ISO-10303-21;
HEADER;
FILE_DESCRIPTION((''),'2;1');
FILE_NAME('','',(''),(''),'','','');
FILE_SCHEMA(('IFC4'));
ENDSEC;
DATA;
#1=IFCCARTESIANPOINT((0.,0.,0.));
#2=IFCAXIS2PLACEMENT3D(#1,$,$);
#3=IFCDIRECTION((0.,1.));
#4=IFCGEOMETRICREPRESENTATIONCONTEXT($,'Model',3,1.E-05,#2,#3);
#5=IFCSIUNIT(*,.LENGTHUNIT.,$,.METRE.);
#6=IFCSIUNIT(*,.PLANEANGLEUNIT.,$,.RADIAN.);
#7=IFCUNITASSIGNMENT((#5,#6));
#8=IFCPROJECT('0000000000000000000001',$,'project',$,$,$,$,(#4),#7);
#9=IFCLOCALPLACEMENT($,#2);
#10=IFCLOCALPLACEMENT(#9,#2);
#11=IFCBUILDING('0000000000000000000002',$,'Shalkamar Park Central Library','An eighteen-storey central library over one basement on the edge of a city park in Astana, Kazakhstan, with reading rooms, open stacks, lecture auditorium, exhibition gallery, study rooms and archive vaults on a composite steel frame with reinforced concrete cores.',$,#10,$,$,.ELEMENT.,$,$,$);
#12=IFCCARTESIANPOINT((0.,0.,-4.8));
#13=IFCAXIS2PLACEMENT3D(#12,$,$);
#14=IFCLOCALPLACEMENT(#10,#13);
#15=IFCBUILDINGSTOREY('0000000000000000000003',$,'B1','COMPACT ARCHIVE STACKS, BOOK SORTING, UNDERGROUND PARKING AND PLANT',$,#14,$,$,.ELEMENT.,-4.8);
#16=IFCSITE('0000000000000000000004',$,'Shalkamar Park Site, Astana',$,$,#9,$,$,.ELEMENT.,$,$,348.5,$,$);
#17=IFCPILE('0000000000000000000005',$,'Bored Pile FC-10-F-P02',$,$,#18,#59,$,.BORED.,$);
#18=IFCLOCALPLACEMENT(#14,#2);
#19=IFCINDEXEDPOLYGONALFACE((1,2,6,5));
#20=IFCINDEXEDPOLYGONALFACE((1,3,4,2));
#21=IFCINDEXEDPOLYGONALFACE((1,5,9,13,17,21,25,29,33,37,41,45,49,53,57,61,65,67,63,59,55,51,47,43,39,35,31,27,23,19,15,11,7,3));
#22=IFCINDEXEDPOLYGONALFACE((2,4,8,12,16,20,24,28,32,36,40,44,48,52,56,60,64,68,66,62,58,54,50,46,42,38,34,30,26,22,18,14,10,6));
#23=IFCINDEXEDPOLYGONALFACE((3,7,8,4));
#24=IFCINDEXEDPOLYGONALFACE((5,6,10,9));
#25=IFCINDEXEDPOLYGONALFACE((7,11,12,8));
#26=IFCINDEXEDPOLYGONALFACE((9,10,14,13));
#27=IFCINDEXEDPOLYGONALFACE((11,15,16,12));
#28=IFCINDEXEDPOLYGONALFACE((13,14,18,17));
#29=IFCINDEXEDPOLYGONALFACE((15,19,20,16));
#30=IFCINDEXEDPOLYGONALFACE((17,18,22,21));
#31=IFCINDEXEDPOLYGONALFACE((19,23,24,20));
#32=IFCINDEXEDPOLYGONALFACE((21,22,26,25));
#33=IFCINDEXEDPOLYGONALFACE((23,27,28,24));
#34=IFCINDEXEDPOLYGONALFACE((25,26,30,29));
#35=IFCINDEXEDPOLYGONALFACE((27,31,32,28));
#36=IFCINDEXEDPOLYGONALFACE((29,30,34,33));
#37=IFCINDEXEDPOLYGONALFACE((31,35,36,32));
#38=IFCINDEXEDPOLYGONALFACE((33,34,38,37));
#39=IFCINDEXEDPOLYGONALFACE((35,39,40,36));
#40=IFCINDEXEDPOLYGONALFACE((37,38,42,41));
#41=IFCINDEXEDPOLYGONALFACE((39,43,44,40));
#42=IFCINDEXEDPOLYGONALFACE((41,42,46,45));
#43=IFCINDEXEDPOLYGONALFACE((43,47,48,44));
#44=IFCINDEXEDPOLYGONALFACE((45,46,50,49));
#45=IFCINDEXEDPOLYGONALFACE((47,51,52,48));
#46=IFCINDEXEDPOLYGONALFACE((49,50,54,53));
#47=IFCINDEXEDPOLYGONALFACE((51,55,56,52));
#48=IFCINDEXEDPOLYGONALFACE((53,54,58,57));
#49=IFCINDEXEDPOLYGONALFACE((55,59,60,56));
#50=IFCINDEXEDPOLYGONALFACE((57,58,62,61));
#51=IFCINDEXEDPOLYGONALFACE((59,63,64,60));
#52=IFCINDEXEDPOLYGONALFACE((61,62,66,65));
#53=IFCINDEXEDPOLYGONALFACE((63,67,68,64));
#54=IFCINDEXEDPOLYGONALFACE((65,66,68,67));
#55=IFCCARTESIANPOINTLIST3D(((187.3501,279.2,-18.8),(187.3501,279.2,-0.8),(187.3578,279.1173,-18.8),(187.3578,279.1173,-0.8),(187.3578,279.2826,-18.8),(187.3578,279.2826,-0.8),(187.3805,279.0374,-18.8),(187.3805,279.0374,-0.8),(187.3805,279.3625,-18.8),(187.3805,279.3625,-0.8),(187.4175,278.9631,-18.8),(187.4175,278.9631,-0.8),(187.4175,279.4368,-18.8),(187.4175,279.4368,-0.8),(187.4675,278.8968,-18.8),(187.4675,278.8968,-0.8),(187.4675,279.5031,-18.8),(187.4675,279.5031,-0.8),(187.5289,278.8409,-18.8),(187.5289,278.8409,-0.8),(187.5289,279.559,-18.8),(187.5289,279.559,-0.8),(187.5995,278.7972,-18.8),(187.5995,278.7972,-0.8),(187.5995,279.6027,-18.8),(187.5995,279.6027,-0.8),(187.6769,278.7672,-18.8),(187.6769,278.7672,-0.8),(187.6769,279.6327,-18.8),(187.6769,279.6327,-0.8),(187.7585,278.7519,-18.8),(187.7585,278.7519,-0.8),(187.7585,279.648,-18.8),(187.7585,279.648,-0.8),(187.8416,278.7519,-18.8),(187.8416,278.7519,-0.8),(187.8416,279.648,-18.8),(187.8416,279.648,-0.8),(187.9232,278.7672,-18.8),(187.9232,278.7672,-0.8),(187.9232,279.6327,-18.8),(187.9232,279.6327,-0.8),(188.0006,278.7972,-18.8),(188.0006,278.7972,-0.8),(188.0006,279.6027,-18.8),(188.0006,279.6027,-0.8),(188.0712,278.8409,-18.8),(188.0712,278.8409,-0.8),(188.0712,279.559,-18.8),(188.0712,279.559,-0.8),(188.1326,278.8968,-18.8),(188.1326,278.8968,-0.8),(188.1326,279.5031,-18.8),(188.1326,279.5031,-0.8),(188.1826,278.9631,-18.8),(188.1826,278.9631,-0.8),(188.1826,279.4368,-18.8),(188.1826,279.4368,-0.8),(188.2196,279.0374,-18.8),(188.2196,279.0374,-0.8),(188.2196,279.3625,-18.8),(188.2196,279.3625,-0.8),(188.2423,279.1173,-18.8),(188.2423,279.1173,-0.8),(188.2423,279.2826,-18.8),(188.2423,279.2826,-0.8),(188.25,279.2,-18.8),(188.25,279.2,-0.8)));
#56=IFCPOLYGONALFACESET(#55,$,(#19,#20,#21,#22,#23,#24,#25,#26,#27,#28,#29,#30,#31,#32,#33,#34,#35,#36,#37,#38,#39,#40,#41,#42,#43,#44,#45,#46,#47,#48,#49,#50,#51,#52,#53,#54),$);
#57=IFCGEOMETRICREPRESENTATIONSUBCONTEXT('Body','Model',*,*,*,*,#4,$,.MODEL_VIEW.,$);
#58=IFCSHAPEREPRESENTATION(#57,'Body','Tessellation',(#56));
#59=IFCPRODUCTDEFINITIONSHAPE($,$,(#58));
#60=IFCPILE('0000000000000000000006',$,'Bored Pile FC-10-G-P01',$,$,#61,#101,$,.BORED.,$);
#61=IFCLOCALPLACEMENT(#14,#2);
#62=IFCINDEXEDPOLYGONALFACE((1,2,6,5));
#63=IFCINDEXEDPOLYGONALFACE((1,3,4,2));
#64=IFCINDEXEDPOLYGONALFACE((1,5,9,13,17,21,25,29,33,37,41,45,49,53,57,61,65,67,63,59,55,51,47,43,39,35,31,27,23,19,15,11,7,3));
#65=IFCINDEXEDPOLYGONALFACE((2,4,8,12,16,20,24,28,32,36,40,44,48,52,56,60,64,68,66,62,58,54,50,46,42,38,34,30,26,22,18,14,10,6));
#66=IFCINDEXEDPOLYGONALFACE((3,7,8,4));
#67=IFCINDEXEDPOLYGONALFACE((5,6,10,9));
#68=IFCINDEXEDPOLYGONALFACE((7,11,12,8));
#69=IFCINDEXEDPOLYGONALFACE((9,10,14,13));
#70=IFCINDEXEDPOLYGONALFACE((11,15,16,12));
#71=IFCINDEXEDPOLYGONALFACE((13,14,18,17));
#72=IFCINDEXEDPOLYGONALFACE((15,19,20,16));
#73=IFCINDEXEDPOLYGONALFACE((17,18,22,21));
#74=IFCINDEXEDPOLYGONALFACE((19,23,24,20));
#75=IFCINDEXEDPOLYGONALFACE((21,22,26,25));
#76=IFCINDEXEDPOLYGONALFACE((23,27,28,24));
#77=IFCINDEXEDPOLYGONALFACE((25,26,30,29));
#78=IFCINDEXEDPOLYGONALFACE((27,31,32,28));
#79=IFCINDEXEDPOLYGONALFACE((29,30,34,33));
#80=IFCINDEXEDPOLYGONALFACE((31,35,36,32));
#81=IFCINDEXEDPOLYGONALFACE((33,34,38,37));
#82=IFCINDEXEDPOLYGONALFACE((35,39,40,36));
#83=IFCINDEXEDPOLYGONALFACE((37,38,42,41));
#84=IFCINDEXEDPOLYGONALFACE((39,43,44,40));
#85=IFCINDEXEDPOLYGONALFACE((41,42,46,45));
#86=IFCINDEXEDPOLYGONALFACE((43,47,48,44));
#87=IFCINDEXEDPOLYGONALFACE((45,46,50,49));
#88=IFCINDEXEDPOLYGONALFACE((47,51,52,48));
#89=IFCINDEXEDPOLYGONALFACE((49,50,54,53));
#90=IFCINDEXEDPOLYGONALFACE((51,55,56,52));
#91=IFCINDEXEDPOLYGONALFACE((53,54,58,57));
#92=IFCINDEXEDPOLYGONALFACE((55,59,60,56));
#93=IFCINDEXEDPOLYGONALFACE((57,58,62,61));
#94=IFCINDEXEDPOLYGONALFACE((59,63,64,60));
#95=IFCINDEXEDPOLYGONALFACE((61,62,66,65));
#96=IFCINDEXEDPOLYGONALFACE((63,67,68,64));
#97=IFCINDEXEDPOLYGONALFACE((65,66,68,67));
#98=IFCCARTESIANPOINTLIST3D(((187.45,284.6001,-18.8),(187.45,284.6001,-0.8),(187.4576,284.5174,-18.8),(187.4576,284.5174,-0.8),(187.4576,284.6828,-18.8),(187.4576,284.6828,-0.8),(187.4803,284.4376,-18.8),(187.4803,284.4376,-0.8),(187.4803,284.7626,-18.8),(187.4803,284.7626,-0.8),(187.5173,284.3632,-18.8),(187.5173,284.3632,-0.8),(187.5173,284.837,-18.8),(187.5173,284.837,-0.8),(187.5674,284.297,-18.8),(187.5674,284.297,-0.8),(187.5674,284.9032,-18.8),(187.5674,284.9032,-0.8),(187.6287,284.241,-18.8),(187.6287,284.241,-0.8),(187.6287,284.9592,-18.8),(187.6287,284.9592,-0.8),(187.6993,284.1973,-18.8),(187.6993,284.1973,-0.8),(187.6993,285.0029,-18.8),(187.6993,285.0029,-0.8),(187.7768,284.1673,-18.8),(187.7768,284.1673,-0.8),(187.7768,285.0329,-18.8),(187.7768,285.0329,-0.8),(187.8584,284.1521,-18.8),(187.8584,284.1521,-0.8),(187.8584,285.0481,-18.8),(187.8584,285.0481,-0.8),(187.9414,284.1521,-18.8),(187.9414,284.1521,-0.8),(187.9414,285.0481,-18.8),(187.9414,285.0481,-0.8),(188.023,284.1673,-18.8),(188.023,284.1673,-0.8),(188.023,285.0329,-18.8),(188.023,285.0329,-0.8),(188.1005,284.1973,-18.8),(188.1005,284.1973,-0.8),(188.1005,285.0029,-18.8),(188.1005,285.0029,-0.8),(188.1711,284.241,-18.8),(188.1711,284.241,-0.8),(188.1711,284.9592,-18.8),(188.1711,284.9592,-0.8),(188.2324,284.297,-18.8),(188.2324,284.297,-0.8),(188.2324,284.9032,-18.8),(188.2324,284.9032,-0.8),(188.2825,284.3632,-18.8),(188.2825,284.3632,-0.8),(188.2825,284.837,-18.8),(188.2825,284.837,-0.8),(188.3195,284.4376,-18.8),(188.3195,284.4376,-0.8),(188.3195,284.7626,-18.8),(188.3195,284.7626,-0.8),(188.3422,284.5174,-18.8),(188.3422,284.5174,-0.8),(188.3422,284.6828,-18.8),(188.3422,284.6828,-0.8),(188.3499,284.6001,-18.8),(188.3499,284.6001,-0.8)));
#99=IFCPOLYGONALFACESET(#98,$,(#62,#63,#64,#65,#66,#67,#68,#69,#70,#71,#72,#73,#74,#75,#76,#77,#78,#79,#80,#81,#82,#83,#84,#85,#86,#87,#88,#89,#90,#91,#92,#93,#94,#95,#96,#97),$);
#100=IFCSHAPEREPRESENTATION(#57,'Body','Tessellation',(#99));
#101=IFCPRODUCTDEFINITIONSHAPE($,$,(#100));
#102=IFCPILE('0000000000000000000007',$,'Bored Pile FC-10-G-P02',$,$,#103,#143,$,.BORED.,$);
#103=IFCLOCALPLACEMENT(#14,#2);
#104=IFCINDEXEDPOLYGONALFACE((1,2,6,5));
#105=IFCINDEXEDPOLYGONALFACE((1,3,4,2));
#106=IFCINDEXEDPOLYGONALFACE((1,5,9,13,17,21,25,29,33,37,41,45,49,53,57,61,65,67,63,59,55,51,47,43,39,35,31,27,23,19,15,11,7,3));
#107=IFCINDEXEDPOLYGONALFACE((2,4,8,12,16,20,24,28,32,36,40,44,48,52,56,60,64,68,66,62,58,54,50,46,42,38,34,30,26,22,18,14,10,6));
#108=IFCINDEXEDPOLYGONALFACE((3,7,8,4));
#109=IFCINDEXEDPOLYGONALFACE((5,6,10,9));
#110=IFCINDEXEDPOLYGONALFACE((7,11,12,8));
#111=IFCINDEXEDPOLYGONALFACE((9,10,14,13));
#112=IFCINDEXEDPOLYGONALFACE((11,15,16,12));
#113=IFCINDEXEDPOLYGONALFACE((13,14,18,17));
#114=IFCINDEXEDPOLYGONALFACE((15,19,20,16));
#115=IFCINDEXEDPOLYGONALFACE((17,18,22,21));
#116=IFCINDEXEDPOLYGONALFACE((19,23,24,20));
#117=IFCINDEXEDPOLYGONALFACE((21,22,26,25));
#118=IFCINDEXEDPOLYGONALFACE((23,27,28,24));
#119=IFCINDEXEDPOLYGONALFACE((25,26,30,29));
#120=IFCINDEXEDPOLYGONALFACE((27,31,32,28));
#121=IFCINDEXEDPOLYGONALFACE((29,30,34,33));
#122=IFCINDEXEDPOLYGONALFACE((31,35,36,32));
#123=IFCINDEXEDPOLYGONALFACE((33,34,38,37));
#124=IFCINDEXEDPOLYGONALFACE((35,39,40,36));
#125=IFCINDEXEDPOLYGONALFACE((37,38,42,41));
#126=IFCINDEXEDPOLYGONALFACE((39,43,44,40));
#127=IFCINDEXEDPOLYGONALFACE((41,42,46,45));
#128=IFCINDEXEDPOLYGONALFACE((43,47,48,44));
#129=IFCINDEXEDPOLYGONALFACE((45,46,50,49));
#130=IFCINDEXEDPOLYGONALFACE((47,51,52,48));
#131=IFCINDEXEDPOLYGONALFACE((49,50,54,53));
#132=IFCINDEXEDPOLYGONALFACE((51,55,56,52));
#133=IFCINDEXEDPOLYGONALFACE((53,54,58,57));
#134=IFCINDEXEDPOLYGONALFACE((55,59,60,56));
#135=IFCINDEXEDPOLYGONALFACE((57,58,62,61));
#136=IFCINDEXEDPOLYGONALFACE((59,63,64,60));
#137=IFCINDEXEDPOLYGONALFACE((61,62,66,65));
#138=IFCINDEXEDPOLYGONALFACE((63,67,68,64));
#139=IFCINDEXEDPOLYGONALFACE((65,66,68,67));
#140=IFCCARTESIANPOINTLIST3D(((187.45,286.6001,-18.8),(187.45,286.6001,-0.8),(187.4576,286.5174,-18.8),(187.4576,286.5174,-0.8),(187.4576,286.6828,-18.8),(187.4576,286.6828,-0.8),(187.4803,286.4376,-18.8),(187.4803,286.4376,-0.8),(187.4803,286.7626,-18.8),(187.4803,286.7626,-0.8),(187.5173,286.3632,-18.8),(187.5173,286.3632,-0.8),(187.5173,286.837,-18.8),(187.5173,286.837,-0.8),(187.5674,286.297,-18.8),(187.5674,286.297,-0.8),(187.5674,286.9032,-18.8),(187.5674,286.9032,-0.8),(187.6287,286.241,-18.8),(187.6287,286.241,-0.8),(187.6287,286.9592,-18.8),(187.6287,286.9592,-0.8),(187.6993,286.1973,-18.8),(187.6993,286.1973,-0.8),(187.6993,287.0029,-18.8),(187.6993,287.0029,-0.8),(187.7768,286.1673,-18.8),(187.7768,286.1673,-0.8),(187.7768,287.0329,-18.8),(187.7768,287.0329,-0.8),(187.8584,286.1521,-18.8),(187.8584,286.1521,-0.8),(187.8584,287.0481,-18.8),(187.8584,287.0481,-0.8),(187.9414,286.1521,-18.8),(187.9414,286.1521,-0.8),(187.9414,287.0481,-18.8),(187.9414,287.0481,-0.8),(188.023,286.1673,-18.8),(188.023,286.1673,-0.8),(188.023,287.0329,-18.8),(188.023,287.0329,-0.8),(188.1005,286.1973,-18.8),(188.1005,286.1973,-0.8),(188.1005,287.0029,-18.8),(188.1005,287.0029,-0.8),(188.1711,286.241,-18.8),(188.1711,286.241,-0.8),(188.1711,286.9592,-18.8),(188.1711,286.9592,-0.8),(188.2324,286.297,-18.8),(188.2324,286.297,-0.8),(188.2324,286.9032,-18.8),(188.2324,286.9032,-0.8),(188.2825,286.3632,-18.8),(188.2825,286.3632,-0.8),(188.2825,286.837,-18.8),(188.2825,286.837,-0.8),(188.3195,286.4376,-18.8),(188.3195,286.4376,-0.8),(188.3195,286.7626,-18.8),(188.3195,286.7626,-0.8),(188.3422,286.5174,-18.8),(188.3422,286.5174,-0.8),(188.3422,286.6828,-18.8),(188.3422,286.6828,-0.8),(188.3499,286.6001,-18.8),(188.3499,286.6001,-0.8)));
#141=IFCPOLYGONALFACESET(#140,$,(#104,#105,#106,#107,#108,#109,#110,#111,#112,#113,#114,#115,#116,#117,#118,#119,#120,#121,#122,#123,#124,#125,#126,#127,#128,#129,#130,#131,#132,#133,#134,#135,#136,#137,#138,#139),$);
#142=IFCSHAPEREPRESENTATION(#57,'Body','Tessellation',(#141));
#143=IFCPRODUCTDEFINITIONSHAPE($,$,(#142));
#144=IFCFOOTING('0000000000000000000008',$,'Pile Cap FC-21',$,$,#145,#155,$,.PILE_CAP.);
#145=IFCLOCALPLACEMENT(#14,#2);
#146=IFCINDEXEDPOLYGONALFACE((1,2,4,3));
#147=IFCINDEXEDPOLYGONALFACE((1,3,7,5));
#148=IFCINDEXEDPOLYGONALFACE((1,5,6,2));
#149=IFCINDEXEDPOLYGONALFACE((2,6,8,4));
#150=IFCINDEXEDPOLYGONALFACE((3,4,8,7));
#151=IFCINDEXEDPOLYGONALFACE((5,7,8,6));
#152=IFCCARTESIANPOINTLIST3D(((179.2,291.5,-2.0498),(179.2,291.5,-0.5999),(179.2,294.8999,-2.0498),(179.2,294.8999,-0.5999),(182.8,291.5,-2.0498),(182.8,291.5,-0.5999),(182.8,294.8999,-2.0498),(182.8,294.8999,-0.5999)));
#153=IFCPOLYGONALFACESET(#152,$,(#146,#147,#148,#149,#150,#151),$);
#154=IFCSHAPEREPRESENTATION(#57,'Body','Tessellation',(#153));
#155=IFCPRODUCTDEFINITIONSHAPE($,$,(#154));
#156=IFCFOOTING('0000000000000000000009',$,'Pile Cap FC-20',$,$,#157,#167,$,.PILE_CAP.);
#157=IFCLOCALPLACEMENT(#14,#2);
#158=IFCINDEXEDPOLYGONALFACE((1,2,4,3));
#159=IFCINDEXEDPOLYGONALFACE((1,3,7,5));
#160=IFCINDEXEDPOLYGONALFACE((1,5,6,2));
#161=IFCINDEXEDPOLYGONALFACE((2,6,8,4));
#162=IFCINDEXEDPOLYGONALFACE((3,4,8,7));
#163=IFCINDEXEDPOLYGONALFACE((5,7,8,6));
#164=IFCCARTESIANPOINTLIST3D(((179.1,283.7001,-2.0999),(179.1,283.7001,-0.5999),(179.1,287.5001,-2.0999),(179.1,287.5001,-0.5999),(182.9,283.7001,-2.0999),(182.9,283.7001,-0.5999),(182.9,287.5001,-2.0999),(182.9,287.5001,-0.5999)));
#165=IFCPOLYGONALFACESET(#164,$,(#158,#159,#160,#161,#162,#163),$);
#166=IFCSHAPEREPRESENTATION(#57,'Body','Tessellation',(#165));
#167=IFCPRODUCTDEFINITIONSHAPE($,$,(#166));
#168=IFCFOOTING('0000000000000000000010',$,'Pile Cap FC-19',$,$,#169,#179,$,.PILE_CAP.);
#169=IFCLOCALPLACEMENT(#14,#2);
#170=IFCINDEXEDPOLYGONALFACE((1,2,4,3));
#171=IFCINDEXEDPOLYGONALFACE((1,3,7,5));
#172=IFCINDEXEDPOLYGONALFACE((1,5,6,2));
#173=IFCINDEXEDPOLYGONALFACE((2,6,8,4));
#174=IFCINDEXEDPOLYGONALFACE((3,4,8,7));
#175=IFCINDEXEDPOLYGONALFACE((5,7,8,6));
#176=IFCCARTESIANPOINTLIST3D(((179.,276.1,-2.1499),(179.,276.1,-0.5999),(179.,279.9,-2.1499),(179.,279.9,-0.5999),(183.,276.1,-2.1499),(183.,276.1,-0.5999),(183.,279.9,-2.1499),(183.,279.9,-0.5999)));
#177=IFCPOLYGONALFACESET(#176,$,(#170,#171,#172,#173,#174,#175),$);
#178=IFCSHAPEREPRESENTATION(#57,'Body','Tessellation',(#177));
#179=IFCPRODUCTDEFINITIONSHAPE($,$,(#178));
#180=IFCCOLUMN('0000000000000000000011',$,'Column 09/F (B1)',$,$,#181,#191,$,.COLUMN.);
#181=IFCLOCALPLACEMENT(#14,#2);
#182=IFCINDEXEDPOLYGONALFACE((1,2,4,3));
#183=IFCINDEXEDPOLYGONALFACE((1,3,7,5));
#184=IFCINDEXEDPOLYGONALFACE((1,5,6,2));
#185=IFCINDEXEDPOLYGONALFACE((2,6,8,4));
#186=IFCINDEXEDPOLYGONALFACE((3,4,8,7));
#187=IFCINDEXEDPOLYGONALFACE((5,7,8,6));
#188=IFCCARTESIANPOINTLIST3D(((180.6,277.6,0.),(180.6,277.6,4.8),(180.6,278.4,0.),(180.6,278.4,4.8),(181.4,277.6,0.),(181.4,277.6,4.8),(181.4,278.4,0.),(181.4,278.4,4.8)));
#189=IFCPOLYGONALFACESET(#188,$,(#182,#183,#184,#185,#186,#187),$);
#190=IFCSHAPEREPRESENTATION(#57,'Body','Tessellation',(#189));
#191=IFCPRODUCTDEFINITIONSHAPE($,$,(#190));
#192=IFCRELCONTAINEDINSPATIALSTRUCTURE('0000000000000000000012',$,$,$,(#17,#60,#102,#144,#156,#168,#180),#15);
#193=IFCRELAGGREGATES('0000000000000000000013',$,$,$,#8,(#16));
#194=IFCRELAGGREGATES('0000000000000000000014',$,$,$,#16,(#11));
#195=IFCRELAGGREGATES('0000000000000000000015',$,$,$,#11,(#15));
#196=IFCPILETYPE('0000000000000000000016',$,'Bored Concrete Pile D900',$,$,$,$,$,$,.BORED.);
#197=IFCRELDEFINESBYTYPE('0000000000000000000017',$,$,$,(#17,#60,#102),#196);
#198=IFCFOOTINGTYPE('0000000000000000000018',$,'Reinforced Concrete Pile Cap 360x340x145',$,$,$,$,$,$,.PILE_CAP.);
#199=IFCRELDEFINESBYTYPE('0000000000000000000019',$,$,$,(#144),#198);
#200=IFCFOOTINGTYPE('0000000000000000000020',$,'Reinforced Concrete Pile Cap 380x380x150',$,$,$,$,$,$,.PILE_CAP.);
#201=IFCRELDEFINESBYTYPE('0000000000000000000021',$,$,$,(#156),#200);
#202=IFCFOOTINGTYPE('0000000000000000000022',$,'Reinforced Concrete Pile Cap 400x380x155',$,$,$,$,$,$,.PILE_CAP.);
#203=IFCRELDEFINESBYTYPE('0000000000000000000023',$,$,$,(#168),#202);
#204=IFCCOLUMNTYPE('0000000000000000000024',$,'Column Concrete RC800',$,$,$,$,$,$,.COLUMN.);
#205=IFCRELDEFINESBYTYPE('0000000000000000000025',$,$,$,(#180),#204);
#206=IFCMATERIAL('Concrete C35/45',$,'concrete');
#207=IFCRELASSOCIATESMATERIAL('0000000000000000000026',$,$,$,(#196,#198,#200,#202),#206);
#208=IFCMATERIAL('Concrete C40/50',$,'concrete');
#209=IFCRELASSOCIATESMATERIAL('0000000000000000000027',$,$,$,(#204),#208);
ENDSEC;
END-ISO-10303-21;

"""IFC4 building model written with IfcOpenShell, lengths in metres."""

from ifc_helpers import new_model, si_unit, direction, frame, origin, origin_2d, place, context, subcontext, project, spatial, rectangle, circle, extrude, material, material_profile, profile_set, type_object, element, save


model = new_model("IFC4")

# Units and contexts
model_context = context("Model", 3, precision=1e-05, world=origin(), true_north=direction((0.0, 1.0)))
body_context = subcontext(model_context, "Body", "Model", "MODEL_VIEW")
ifc_project = project(units=[si_unit("LENGTHUNIT", "METRE"), si_unit("PLANEANGLEUNIT", "RADIAN")], contexts=[model_context])

# Site, building, storey
site_placement = place(None, origin())
site = spatial("IfcSite", under=ifc_project, at=site_placement, Name="Shalkamar Park Site, Astana", CompositionType="ELEMENT", RefElevation=348.5)
building_placement = place(site_placement, origin())
building = spatial("IfcBuilding", under=site, at=building_placement, Name="Shalkamar Park Central Library", Description="An eighteen-storey central library over one basement on the edge of a city park in Astana, Kazakhstan, with reading rooms, open stacks, lecture auditorium, exhibition gallery, study rooms and archive vaults on a composite steel frame with reinforced concrete cores.", CompositionType="ELEMENT")
storey_placement = place(building_placement, frame((0.0, 0.0, -4.8)))
storey = spatial("IfcBuildingStorey", under=building, at=storey_placement, Name="B1", Description="COMPACT ARCHIVE STACKS, BOOK SORTING, UNDERGROUND PARKING AND PLANT", CompositionType="ELEMENT", Elevation=-4.8)

# Piles
ifc_material_1 = material(Name="Concrete C35/45", Category="concrete")
ifc_material_profile_1 = material_profile(ifc_material_1, circle(Radius=0.45, at=origin_2d()), Name="PILE D900")
ifc_profile_set_1 = profile_set([ifc_material_profile_1], Name="Concrete C35/45")
pile_type_1 = type_object("IfcPileType", Name="Bored Concrete Pile D900", PredefinedType="BORED", material=ifc_profile_set_1)
for number, where, z_axis, x_axis, name in (
    (1, (187.8, 279.2, -0.8), (0.0, 0.0, -1.0), (1.0, 0.0, 0.0), "Bored Pile FC-10-F-P02"),
    (2, (187.8999, 284.6001, -0.8), (0.0, 0.0, -1.0), (1.0, 0.0, 0.0), "Bored Pile FC-10-G-P01"),
    (3, (187.8999, 286.6001, -0.8), (0.0, 0.0, -1.0), (1.0, 0.0, 0.0), "Bored Pile FC-10-G-P02"),
):
    element("IfcPile", number, at=place(storey_placement, frame(where, z_axis=z_axis, x_axis=x_axis)), inside=storey, type_object=pile_type_1, Name=name, PredefinedType="BORED", context=body_context, shape_type="SweptSolid", body=[
        extrude(circle(Radius=0.45, at=origin_2d()), origin(), (0.0, 0.0, 1.0), 18.0),
    ])

# Footings
footing_type_1 = type_object("IfcFootingType", Name="Reinforced Concrete Pile Cap 360x340x145", PredefinedType="PILE_CAP", material=ifc_material_1)
footing_1_placement = place(storey_placement, frame((181.0, 293.2, -2.0498), z_axis=(0.0, 0.0, 1.0), x_axis=(1.0, 0.0, 0.0)))
element("IfcFooting", 4, at=footing_1_placement, inside=storey, type_object=footing_type_1, Name="Pile Cap FC-21", PredefinedType="PILE_CAP", context=body_context, shape_type="SweptSolid", body=[
    extrude(rectangle(XDim=3.6001, YDim=3.3999, at=origin_2d()), origin(), (0.0, 0.0, 1.0), 1.45),
])
footing_type_2 = type_object("IfcFootingType", Name="Reinforced Concrete Pile Cap 380x380x150", PredefinedType="PILE_CAP", material=ifc_material_1)
footing_2_placement = place(storey_placement, frame((181.0, 285.6001, -2.0999), z_axis=(0.0, 0.0, 1.0), x_axis=(1.0, 0.0, 0.0)))
element("IfcFooting", 5, at=footing_2_placement, inside=storey, type_object=footing_type_2, Name="Pile Cap FC-20", PredefinedType="PILE_CAP", context=body_context, shape_type="SweptSolid", body=[
    extrude(rectangle(XDim=3.8, YDim=3.8, at=origin_2d()), origin(), (0.0, 0.0, 1.0), 1.5),
])
footing_type_3 = type_object("IfcFootingType", Name="Reinforced Concrete Pile Cap 400x380x155", PredefinedType="PILE_CAP", material=ifc_material_1)
footing_3_placement = place(storey_placement, frame((181.0, 278.0, -2.1499), z_axis=(0.0, 0.0, 1.0), x_axis=(1.0, 0.0, 0.0)))
element("IfcFooting", 6, at=footing_3_placement, inside=storey, type_object=footing_type_3, Name="Pile Cap FC-19", PredefinedType="PILE_CAP", context=body_context, shape_type="SweptSolid", body=[
    extrude(rectangle(XDim=4.0, YDim=3.8, at=origin_2d()), origin(), (0.0, 0.0, 1.0), 1.55),
])

# Column
ifc_material_2 = material(Name="Concrete C40/50", Category="concrete")
ifc_material_profile_2 = material_profile(ifc_material_2, rectangle(XDim=0.8, YDim=0.8, at=origin_2d()), Name="RC 800x800")
ifc_profile_set_2 = profile_set([ifc_material_profile_2], Name="Concrete C40/50")
column_type_1 = type_object("IfcColumnType", Name="Column Concrete RC800", PredefinedType="COLUMN", material=ifc_profile_set_2)
column_1_placement = place(storey_placement, frame((181.0, 278.0, 0.0), z_axis=(0.0, 0.0, 1.0), x_axis=(1.0, 0.0, 0.0)))
element("IfcColumn", 7, at=column_1_placement, inside=storey, type_object=column_type_1, Name="Column 09/F (B1)", PredefinedType="COLUMN", context=body_context, shape_type="SweptSolid", body=[
    extrude(rectangle(XDim=0.8, YDim=0.8, at=origin_2d()), origin(), (0.0, 0.0, 1.0), 4.8),
])

save(model, "model.ifc")
